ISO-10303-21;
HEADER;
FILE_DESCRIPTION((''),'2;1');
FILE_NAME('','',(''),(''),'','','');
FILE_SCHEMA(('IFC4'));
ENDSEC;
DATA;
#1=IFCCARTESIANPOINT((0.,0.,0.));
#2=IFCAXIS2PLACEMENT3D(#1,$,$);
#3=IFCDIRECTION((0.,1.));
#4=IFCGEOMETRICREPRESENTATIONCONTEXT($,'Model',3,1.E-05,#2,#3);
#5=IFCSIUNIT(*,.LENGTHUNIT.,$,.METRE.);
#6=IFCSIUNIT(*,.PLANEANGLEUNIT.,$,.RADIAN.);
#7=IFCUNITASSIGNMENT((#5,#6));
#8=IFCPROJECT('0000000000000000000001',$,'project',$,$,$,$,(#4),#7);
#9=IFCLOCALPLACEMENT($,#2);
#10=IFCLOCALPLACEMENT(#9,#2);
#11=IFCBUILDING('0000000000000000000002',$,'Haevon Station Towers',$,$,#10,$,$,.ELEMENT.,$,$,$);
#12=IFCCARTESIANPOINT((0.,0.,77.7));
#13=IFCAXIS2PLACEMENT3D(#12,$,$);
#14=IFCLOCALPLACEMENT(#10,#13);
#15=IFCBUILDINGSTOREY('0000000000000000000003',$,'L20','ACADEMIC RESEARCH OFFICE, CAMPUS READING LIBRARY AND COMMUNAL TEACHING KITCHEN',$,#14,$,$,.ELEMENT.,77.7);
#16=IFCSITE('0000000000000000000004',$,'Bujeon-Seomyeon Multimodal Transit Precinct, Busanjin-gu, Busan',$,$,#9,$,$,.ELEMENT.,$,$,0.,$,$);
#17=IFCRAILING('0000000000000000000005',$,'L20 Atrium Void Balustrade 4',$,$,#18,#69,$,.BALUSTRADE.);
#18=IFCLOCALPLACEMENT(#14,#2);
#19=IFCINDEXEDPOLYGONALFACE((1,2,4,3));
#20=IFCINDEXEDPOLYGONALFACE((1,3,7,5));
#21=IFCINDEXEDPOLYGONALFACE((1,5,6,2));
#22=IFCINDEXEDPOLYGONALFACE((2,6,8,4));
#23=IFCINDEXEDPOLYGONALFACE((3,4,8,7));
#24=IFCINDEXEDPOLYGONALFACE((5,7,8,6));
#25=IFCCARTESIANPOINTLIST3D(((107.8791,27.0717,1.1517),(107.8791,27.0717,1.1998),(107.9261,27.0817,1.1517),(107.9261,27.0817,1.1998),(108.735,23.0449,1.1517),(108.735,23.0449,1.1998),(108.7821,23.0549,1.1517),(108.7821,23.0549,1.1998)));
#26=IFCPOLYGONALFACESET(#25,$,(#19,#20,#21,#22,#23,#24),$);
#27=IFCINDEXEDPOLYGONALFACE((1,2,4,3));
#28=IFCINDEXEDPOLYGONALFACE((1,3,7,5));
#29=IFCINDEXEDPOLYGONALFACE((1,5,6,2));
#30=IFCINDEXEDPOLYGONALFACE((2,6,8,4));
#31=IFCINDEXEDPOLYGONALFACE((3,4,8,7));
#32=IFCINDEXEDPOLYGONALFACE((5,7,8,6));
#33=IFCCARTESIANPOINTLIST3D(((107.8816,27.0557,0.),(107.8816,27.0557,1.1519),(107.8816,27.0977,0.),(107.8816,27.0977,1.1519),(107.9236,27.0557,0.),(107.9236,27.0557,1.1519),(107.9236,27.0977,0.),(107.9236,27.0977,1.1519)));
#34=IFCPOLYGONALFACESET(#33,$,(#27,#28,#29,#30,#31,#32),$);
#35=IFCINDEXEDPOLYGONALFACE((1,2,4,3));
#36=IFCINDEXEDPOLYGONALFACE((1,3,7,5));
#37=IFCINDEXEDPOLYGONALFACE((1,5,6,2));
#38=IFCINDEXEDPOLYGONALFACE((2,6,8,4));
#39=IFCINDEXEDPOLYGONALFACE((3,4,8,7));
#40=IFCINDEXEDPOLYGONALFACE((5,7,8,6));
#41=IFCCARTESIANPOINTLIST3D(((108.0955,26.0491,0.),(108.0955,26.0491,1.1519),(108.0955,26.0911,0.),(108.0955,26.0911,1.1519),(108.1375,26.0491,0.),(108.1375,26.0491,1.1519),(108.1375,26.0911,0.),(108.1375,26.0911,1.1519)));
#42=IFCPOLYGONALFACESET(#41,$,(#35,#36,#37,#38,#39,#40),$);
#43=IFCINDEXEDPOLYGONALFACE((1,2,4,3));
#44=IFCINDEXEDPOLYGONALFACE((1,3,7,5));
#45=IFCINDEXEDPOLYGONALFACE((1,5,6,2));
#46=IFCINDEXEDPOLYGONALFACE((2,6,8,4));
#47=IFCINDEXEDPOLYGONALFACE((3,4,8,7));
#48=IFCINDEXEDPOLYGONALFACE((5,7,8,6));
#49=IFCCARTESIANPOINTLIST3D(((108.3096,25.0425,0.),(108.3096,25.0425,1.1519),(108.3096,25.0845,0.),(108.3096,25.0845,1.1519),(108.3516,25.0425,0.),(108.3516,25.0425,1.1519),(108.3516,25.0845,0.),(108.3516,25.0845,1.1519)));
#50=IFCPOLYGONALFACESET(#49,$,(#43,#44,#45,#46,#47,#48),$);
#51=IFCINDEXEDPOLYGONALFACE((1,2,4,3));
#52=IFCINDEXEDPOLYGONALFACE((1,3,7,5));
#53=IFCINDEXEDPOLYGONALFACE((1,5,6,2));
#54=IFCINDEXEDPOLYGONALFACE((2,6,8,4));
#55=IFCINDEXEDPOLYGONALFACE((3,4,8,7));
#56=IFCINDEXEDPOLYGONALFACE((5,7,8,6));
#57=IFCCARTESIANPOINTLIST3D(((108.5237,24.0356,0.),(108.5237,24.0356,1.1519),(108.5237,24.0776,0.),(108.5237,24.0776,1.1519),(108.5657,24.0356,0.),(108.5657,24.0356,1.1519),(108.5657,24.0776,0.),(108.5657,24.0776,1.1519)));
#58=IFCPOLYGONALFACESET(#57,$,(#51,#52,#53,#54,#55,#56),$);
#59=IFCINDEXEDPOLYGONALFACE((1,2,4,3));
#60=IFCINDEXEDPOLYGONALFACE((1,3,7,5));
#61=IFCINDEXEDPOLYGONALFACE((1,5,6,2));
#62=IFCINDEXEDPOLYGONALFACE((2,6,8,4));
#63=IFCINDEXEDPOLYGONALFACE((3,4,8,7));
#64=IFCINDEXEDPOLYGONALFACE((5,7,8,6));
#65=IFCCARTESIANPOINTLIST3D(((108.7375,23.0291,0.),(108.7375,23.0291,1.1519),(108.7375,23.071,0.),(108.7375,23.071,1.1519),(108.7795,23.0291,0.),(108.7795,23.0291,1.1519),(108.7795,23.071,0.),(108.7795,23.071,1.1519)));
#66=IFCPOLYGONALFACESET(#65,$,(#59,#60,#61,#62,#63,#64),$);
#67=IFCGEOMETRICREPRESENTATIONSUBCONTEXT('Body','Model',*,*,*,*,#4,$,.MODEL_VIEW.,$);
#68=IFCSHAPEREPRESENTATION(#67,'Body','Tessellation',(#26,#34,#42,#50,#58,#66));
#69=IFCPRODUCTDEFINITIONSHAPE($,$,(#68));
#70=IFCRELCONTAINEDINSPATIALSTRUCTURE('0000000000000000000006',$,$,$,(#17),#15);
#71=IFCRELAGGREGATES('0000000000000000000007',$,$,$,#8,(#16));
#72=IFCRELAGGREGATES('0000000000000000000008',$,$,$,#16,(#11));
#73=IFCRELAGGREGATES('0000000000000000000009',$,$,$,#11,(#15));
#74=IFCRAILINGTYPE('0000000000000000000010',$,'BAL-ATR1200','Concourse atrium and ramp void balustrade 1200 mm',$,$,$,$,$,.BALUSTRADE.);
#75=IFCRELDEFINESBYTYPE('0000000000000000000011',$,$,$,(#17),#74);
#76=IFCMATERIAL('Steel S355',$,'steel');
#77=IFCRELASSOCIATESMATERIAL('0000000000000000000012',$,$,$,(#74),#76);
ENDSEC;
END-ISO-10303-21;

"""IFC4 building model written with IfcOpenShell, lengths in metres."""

from ifc_helpers import new_model, si_unit, direction, frame, origin, origin_2d, place, context, subcontext, project, spatial, rectangle, extrude, material, type_object, element, save


model = new_model("IFC4")

# Units and contexts
model_context = context("Model", 3, precision=1e-05, world=origin(), true_north=direction((0.0, 1.0)))
body_context = subcontext(model_context, "Body", "Model", "MODEL_VIEW")
ifc_project = project(units=[si_unit("LENGTHUNIT", "METRE"), si_unit("PLANEANGLEUNIT", "RADIAN")], contexts=[model_context])

# Site, building, storey
site_placement = place(None, origin())
site = spatial("IfcSite", under=ifc_project, at=site_placement, Name="Bujeon-Seomyeon Multimodal Transit Precinct, Busanjin-gu, Busan", CompositionType="ELEMENT", RefElevation=0.0)
building_placement = place(site_placement, origin())
building = spatial("IfcBuilding", under=site, at=building_placement, Name="Haevon Station Towers", CompositionType="ELEMENT")
storey_placement = place(building_placement, frame((0.0, 0.0, 77.7)))
storey = spatial("IfcBuildingStorey", under=building, at=storey_placement, Name="L20", Description="ACADEMIC RESEARCH OFFICE, CAMPUS READING LIBRARY AND COMMUNAL TEACHING KITCHEN", CompositionType="ELEMENT", Elevation=77.7)

# Shared definitions
ifc_material_1 = material(Name="Steel S355", Category="steel")

# Railing
railing_type = type_object("IfcRailingType", Name="BAL-ATR1200", Description="Concourse atrium and ramp void balustrade 1200 mm", PredefinedType="BALUSTRADE", material=ifc_material_1)
railing_1_placement = place(storey_placement, frame((107.9026, 27.0767, 0.0)))
element("IfcRailing", 1, at=railing_1_placement, inside=storey, type_object=railing_type, Name="L20 Atrium Void Balustrade 4", PredefinedType="BALUSTRADE", context=body_context, shape_type="SweptSolid", body=[
    extrude(rectangle(XDim=0.0481, YDim=0.0481, at=origin_2d()), frame((0.0, 0.0, 1.1758), z_axis=(0.207929, -0.978144, 0.0), x_axis=(0.978144, 0.207929, 0.0)), (0.0, 0.0, 1.0), 4.1167),
    extrude(rectangle(XDim=0.042, YDim=0.042, at=origin_2d()), origin(), (0.0, 0.0, 1.0), 1.1519),
    extrude(rectangle(XDim=0.042, YDim=0.042, at=origin_2d()), frame((0.2139, -1.0066, 0.0)), (0.0, 0.0, 1.0), 1.1519),
    extrude(rectangle(XDim=0.042, YDim=0.042, at=origin_2d()), frame((0.428, -2.0132, 0.0)), (0.0, 0.0, 1.0), 1.1519),
    extrude(rectangle(XDim=0.042, YDim=0.042, at=origin_2d()), frame((0.6421, -3.02, 0.0)), (0.0, 0.0, 1.0), 1.1519),
    extrude(rectangle(XDim=0.042, YDim=0.042, at=origin_2d()), frame((0.856, -4.0266, 0.0)), (0.0, 0.0, 1.0), 1.1519),
])

save(model, "model.ifc")
